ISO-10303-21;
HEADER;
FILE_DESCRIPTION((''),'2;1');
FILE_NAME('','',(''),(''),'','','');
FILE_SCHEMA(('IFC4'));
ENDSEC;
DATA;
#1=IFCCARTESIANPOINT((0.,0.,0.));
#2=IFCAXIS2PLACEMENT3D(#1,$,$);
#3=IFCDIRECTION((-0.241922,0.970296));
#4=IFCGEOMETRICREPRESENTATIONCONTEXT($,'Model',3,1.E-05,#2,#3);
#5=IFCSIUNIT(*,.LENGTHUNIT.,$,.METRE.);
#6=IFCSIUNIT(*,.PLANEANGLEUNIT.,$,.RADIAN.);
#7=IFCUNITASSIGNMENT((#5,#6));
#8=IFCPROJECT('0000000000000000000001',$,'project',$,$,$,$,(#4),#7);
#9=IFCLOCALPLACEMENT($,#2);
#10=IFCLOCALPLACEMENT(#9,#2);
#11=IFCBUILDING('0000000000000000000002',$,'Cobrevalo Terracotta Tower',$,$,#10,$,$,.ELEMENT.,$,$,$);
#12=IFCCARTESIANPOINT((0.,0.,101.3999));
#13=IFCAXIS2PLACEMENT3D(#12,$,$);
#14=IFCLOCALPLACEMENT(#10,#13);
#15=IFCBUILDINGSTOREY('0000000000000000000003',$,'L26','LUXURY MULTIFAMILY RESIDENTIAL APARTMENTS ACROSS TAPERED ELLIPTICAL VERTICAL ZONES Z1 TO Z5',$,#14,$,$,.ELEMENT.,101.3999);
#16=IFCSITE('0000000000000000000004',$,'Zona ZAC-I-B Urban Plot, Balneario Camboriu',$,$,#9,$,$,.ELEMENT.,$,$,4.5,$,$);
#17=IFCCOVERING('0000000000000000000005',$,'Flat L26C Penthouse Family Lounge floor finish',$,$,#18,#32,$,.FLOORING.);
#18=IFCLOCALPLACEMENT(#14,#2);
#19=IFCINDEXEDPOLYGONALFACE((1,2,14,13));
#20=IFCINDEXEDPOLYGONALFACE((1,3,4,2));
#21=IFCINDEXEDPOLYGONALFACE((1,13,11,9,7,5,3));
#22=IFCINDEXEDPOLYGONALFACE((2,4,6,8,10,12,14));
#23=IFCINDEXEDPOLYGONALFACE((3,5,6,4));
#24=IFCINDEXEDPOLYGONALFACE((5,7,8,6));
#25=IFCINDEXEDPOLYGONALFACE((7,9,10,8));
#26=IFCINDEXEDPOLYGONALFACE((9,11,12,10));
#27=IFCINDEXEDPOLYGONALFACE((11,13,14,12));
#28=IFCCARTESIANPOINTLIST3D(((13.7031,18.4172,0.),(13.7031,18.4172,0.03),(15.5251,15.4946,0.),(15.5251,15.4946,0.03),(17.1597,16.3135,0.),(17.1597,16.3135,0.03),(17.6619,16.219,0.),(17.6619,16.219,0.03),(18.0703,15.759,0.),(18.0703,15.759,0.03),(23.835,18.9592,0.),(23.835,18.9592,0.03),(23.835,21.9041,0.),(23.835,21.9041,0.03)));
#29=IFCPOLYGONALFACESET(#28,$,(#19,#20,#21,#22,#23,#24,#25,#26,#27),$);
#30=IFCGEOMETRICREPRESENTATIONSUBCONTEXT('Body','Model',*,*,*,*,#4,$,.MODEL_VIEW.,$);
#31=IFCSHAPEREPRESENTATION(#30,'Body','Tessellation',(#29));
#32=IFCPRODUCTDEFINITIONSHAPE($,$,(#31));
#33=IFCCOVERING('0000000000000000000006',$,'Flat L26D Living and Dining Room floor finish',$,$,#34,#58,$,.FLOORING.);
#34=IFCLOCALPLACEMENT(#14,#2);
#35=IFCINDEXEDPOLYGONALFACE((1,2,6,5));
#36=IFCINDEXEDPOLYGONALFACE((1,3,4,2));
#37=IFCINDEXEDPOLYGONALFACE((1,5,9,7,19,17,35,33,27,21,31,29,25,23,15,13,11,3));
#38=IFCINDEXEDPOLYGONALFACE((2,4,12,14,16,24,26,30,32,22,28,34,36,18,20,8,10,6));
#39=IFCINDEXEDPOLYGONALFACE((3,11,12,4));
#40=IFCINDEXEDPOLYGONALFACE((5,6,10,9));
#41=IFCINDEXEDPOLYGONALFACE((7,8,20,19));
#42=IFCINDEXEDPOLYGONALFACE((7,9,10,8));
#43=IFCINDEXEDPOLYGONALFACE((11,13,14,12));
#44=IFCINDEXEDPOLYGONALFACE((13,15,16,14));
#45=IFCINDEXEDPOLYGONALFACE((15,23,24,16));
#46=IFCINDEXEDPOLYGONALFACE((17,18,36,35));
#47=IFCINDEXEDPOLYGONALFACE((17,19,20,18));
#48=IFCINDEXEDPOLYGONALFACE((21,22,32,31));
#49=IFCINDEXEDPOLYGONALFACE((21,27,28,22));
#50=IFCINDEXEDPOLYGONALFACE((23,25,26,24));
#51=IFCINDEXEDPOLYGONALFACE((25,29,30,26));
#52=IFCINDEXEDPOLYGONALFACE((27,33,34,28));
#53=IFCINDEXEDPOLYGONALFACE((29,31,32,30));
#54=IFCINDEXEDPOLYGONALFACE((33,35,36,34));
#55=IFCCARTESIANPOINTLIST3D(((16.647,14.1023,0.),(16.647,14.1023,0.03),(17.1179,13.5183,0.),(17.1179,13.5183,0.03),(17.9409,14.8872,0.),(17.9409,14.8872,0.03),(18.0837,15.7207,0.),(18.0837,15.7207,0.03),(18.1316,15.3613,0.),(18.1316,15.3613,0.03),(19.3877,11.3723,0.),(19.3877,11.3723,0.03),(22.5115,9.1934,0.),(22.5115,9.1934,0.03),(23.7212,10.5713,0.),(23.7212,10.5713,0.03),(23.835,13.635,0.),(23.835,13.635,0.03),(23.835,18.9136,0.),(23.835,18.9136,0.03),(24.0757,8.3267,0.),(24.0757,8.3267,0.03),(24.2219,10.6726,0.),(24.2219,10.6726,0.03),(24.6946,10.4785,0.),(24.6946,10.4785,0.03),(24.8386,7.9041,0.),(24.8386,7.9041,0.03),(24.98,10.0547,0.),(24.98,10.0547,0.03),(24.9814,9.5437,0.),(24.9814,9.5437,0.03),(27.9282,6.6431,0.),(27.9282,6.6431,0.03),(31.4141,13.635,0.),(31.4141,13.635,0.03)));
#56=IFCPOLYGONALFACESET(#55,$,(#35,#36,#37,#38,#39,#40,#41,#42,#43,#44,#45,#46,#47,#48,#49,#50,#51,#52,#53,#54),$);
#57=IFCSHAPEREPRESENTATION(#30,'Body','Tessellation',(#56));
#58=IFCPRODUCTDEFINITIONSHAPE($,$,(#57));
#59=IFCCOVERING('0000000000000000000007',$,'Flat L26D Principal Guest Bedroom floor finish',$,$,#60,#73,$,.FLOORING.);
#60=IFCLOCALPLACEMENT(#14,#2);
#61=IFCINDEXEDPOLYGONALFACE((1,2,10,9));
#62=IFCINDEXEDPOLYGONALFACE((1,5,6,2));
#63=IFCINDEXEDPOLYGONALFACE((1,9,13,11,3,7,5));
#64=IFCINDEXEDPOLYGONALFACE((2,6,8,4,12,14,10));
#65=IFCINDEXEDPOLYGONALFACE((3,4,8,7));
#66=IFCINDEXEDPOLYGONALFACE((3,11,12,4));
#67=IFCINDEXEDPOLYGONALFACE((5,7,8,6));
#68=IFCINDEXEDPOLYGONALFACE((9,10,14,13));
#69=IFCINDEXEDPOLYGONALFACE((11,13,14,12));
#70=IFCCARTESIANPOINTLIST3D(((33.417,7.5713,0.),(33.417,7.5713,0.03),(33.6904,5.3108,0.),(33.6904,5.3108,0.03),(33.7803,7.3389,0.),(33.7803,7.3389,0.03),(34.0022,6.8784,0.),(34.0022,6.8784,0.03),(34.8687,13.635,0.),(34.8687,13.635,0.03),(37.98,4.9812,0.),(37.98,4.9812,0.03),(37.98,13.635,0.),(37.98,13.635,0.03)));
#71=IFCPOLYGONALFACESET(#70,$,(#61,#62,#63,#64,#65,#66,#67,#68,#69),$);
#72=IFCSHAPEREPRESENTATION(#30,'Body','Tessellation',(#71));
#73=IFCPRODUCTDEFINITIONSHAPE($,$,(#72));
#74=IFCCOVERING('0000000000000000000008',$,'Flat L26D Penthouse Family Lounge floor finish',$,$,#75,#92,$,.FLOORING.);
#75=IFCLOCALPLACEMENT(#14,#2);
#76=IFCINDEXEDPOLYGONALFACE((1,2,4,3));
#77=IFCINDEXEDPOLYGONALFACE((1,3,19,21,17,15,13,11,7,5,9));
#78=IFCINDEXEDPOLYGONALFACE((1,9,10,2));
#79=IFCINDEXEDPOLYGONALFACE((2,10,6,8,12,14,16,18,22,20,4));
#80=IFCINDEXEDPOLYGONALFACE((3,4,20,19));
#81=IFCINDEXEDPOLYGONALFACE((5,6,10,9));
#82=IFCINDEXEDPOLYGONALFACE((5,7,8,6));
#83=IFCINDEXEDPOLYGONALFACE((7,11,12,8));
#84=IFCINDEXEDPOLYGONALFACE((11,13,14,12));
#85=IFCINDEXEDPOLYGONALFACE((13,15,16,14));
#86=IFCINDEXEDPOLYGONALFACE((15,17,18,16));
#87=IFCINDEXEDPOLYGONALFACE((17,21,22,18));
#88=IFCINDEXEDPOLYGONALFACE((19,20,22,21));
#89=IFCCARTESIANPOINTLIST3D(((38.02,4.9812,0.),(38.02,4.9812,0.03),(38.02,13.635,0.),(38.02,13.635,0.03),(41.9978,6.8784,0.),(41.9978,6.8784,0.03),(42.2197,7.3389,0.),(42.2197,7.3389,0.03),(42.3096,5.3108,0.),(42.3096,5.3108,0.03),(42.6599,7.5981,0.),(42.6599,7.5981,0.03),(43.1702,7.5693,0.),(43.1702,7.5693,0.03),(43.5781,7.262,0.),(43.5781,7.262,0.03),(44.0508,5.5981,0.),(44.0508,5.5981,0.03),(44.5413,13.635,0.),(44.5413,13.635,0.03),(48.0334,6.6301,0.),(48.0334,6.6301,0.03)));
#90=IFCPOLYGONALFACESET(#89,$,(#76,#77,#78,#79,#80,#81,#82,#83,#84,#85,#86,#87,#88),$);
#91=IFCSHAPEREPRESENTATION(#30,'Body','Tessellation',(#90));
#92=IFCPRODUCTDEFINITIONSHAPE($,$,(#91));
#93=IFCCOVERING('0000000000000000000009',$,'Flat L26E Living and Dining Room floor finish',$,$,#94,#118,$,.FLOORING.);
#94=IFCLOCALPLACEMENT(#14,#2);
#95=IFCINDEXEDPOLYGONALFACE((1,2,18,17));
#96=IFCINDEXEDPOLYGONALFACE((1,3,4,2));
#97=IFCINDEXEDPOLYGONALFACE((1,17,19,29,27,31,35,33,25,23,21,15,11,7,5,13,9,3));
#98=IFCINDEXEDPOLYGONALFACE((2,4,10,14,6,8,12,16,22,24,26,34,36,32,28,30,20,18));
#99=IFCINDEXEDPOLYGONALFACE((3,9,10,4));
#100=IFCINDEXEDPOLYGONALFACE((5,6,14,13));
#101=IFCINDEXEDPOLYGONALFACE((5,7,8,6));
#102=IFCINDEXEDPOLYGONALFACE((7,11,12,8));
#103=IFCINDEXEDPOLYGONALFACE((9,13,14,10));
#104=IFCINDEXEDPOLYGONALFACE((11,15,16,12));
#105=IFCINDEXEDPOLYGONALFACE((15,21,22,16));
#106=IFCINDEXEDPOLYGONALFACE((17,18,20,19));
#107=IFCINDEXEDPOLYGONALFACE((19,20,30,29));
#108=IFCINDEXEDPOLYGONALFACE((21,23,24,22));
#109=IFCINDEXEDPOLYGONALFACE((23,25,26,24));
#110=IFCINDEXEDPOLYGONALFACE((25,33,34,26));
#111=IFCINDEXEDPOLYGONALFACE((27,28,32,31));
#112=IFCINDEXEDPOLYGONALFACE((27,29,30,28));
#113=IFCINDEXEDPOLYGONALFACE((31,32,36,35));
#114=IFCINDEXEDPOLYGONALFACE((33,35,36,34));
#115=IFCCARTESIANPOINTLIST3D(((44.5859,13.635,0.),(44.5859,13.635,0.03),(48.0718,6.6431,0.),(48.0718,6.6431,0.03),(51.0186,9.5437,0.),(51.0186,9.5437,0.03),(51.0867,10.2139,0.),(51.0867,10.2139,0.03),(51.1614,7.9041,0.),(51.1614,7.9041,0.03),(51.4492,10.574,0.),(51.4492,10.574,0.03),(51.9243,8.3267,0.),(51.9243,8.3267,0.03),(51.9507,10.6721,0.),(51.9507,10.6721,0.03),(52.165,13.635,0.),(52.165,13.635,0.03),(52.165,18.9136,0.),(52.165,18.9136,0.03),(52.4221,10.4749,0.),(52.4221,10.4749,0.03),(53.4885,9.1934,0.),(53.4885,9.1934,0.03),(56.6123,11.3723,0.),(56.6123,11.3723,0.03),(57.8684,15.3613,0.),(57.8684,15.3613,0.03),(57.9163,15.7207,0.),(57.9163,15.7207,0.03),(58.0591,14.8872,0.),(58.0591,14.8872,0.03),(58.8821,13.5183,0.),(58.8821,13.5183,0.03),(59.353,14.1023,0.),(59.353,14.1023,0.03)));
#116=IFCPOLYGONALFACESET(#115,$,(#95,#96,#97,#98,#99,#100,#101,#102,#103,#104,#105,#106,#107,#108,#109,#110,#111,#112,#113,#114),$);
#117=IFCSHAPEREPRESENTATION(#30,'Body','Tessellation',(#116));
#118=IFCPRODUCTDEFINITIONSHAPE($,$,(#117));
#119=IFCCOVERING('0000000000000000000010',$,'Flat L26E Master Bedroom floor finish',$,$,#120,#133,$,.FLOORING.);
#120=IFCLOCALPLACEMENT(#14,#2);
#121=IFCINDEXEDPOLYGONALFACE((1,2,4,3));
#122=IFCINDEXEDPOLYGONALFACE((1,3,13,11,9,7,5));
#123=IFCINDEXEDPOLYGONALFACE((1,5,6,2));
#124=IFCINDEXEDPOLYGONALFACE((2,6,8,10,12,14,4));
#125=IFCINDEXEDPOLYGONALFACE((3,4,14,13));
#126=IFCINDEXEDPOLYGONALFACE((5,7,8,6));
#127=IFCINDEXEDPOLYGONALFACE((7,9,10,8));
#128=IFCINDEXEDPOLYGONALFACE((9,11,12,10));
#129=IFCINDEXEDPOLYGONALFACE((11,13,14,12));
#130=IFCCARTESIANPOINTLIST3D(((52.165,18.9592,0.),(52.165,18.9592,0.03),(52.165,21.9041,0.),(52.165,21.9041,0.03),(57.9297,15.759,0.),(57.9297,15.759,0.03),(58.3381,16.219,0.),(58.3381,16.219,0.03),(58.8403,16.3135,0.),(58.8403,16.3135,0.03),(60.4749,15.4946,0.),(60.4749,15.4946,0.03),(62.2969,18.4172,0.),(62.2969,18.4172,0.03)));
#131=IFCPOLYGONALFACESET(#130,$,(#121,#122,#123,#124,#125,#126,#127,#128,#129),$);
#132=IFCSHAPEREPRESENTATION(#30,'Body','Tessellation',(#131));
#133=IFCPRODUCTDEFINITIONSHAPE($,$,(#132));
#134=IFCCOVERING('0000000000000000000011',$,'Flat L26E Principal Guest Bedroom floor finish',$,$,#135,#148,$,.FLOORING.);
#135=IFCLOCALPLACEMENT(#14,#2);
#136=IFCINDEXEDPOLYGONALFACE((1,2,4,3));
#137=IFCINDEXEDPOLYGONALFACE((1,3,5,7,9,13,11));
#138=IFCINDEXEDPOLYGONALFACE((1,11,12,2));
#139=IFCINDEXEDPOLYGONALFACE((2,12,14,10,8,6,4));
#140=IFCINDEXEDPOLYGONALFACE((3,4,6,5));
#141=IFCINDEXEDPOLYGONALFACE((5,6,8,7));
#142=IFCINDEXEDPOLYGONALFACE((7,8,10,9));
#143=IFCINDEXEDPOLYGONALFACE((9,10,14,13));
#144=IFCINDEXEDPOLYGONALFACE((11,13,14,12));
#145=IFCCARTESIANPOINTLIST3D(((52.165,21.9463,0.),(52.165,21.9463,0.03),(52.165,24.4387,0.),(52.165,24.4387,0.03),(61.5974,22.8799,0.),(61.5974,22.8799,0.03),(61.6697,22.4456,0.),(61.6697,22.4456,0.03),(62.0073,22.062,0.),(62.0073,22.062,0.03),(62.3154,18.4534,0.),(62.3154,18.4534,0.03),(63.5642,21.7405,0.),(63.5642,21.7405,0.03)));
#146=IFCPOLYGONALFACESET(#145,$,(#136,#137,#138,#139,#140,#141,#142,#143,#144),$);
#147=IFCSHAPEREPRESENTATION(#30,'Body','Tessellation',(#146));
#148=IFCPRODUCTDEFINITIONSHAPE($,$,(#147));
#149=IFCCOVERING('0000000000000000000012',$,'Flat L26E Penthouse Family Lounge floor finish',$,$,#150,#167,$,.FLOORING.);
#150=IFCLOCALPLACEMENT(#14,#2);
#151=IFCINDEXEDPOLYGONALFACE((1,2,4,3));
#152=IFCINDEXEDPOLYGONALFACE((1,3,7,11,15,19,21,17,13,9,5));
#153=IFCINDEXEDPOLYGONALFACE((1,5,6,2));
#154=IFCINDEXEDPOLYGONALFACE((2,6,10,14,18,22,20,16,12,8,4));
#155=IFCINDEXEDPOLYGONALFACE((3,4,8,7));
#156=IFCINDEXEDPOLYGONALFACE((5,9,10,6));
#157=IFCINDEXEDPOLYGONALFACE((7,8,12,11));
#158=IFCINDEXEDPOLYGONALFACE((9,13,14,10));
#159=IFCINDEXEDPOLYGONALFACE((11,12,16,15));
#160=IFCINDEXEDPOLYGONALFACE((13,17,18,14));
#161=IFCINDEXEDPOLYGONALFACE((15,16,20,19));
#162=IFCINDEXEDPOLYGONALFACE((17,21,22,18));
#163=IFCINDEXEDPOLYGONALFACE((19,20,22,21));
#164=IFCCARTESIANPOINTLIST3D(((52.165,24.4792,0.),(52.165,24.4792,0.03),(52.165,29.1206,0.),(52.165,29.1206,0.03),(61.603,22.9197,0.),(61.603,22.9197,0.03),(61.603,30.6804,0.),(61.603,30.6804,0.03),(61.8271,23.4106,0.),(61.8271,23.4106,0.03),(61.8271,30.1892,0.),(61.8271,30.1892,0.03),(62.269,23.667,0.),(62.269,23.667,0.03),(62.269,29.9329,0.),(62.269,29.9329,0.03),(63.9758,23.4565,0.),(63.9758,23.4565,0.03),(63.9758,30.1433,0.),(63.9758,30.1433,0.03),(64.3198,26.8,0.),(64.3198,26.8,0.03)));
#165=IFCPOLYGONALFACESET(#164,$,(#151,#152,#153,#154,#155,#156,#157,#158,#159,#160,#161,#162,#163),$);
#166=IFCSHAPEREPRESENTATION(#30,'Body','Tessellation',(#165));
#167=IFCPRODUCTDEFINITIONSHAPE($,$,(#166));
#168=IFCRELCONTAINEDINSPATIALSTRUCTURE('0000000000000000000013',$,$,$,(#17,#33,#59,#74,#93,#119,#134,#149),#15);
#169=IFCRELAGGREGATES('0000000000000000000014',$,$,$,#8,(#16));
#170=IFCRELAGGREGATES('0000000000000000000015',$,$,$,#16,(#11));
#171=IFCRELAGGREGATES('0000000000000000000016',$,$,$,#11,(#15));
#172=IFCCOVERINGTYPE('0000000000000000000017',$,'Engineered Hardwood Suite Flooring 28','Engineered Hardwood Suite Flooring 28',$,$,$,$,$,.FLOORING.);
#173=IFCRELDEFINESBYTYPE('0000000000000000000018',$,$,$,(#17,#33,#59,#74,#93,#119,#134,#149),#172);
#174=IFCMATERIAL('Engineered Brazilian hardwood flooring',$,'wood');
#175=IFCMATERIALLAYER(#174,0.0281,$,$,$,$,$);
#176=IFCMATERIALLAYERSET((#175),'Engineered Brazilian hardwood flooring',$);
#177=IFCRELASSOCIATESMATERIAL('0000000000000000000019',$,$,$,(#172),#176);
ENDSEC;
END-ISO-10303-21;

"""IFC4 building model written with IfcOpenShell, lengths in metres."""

from ifc_helpers import new_model, si_unit, direction, frame, origin, place, context, subcontext, project, spatial, polyline, outline, extrude, material, layer, layer_set, type_object, element, save


model = new_model("IFC4")

# Units and contexts
model_context = context("Model", 3, precision=1e-05, world=origin(), true_north=direction((-0.241922, 0.970296)))
body_context = subcontext(model_context, "Body", "Model", "MODEL_VIEW")
ifc_project = project(units=[si_unit("LENGTHUNIT", "METRE"), si_unit("PLANEANGLEUNIT", "RADIAN")], contexts=[model_context])

# Site, building, storey
site_placement = place(None, origin())
site = spatial("IfcSite", under=ifc_project, at=site_placement, Name="Zona ZAC-I-B Urban Plot, Balneario Camboriu", CompositionType="ELEMENT", RefElevation=4.5)
building_placement = place(site_placement, origin())
building = spatial("IfcBuilding", under=site, at=building_placement, Name="Cobrevalo Terracotta Tower", CompositionType="ELEMENT")
storey_placement = place(building_placement, frame((0.0, 0.0, 101.3999)))
storey = spatial("IfcBuildingStorey", under=building, at=storey_placement, Name="L26", Description="LUXURY MULTIFAMILY RESIDENTIAL APARTMENTS ACROSS TAPERED ELLIPTICAL VERTICAL ZONES Z1 TO Z5", CompositionType="ELEMENT", Elevation=101.3999)

# Coverings
ifc_material_1 = material(Name="Engineered Brazilian hardwood flooring", Category="wood")
ifc_layer_1 = layer(ifc_material_1, 0.0281)
ifc_layer_set_1 = layer_set([ifc_layer_1], Name="Engineered Brazilian hardwood flooring")
covering_type_1 = type_object("IfcCoveringType", Name="Engineered Hardwood Suite Flooring 28", Description="Engineered Hardwood Suite Flooring 28", PredefinedType="FLOORING", material=ifc_layer_set_1)
covering_1_placement = place(storey_placement, origin())
element("IfcCovering", 1, at=covering_1_placement, inside=storey, type_object=covering_type_1, Name="Flat L26C Penthouse Family Lounge floor finish", PredefinedType="FLOORING", context=body_context, shape_type="SweptSolid", body=[
    extrude(outline(polyline([(18.0703, 15.759), (17.6619, 16.219), (17.1597, 16.3135), (15.5251, 15.4946), (13.7031, 18.4172), (23.835, 21.9041), (23.835, 18.9592), (18.0703, 15.759)])), origin(), (0.0, 0.0, 1.0), 0.03),
])
covering_2_placement = place(storey_placement, origin())
element("IfcCovering", 2, at=covering_2_placement, inside=storey, type_object=covering_type_1, Name="Flat L26D Living and Dining Room floor finish", PredefinedType="FLOORING", context=body_context, shape_type="SweptSolid", body=[
    extrude(outline(polyline([(24.8386, 7.9041), (24.0757, 8.3267), (24.9814, 9.5437), (24.98, 10.0547), (24.6946, 10.4785), (24.2219, 10.6726), (23.7212, 10.5713), (22.5115, 9.1934), (19.3877, 11.3723), (17.1179, 13.5183), (16.647, 14.1023), (17.9409, 14.8872), (18.1316, 15.3613), (18.0837, 15.7207), (23.835, 18.9136), (23.835, 13.635), (31.4141, 13.635), (27.9282, 6.6431), (24.8386, 7.9041)])), origin(), (0.0, 0.0, 1.0), 0.03),
])
covering_3_placement = place(storey_placement, origin())
element("IfcCovering", 3, at=covering_3_placement, inside=storey, type_object=covering_type_1, Name="Flat L26D Principal Guest Bedroom floor finish", PredefinedType="FLOORING", context=body_context, shape_type="SweptSolid", body=[
    extrude(outline(polyline([(33.6904, 5.3108), (34.0022, 6.8784), (33.7803, 7.3389), (33.417, 7.5713), (34.8687, 13.635), (37.98, 13.635), (37.98, 4.9812), (33.6904, 5.3108)])), origin(), (0.0, 0.0, 1.0), 0.03),
])
covering_4_placement = place(storey_placement, origin())
element("IfcCovering", 4, at=covering_4_placement, inside=storey, type_object=covering_type_1, Name="Flat L26D Penthouse Family Lounge floor finish", PredefinedType="FLOORING", context=body_context, shape_type="SweptSolid", body=[
    extrude(outline(polyline([(38.02, 13.635), (44.5413, 13.635), (48.0334, 6.6301), (44.0508, 5.5981), (43.5781, 7.262), (43.1702, 7.5693), (42.6599, 7.5981), (42.2197, 7.3389), (41.9978, 6.8784), (42.3096, 5.3108), (38.02, 4.9812), (38.02, 13.635)])), origin(), (0.0, 0.0, 1.0), 0.03),
])
covering_5_placement = place(storey_placement, origin())
element("IfcCovering", 5, at=covering_5_placement, inside=storey, type_object=covering_type_1, Name="Flat L26E Living and Dining Room floor finish", PredefinedType="FLOORING", context=body_context, shape_type="SweptSolid", body=[
    extrude(outline(polyline([(56.6123, 11.3723), (53.4885, 9.1934), (52.4221, 10.4749), (51.9507, 10.6721), (51.4492, 10.574), (51.0867, 10.2139), (51.0186, 9.5437), (51.9243, 8.3267), (51.1614, 7.9041), (48.0718, 6.6431), (44.5859, 13.635), (52.165, 13.635), (52.165, 18.9136), (57.9163, 15.7207), (57.8684, 15.3613), (58.0591, 14.8872), (59.353, 14.1023), (58.8821, 13.5183), (56.6123, 11.3723)])), origin(), (0.0, 0.0, 1.0), 0.03),
])
covering_6_placement = place(storey_placement, origin())
element("IfcCovering", 6, at=covering_6_placement, inside=storey, type_object=covering_type_1, Name="Flat L26E Master Bedroom floor finish", PredefinedType="FLOORING", context=body_context, shape_type="SweptSolid", body=[
    extrude(outline(polyline([(60.4749, 15.4946), (58.8403, 16.3135), (58.3381, 16.219), (57.9297, 15.759), (52.165, 18.9592), (52.165, 21.9041), (62.2969, 18.4172), (60.4749, 15.4946)])), origin(), (0.0, 0.0, 1.0), 0.03),
])
covering_7_placement = place(storey_placement, origin())
element("IfcCovering", 7, at=covering_7_placement, inside=storey, type_object=covering_type_1, Name="Flat L26E Principal Guest Bedroom floor finish", PredefinedType="FLOORING", context=body_context, shape_type="SweptSolid", body=[
    extrude(outline(polyline([(52.165, 21.9463), (52.165, 24.4387), (61.5974, 22.8799), (61.6697, 22.4456), (62.0073, 22.062), (63.5642, 21.7405), (62.3154, 18.4534), (52.165, 21.9463)])), origin(), (0.0, 0.0, 1.0), 0.03),
])
covering_8_placement = place(storey_placement, origin())
element("IfcCovering", 8, at=covering_8_placement, inside=storey, type_object=covering_type_1, Name="Flat L26E Penthouse Family Lounge floor finish", PredefinedType="FLOORING", context=body_context, shape_type="SweptSolid", body=[
    extrude(outline(polyline([(61.603, 30.6804), (61.8271, 30.1892), (62.269, 29.9329), (63.9758, 30.1433), (64.3198, 26.8), (63.9758, 23.4565), (62.269, 23.667), (61.8271, 23.4106), (61.603, 22.9197), (52.165, 24.4792), (52.165, 29.1206), (61.603, 30.6804)])), origin(), (0.0, 0.0, 1.0), 0.03),
])

save(model, "model.ifc")
